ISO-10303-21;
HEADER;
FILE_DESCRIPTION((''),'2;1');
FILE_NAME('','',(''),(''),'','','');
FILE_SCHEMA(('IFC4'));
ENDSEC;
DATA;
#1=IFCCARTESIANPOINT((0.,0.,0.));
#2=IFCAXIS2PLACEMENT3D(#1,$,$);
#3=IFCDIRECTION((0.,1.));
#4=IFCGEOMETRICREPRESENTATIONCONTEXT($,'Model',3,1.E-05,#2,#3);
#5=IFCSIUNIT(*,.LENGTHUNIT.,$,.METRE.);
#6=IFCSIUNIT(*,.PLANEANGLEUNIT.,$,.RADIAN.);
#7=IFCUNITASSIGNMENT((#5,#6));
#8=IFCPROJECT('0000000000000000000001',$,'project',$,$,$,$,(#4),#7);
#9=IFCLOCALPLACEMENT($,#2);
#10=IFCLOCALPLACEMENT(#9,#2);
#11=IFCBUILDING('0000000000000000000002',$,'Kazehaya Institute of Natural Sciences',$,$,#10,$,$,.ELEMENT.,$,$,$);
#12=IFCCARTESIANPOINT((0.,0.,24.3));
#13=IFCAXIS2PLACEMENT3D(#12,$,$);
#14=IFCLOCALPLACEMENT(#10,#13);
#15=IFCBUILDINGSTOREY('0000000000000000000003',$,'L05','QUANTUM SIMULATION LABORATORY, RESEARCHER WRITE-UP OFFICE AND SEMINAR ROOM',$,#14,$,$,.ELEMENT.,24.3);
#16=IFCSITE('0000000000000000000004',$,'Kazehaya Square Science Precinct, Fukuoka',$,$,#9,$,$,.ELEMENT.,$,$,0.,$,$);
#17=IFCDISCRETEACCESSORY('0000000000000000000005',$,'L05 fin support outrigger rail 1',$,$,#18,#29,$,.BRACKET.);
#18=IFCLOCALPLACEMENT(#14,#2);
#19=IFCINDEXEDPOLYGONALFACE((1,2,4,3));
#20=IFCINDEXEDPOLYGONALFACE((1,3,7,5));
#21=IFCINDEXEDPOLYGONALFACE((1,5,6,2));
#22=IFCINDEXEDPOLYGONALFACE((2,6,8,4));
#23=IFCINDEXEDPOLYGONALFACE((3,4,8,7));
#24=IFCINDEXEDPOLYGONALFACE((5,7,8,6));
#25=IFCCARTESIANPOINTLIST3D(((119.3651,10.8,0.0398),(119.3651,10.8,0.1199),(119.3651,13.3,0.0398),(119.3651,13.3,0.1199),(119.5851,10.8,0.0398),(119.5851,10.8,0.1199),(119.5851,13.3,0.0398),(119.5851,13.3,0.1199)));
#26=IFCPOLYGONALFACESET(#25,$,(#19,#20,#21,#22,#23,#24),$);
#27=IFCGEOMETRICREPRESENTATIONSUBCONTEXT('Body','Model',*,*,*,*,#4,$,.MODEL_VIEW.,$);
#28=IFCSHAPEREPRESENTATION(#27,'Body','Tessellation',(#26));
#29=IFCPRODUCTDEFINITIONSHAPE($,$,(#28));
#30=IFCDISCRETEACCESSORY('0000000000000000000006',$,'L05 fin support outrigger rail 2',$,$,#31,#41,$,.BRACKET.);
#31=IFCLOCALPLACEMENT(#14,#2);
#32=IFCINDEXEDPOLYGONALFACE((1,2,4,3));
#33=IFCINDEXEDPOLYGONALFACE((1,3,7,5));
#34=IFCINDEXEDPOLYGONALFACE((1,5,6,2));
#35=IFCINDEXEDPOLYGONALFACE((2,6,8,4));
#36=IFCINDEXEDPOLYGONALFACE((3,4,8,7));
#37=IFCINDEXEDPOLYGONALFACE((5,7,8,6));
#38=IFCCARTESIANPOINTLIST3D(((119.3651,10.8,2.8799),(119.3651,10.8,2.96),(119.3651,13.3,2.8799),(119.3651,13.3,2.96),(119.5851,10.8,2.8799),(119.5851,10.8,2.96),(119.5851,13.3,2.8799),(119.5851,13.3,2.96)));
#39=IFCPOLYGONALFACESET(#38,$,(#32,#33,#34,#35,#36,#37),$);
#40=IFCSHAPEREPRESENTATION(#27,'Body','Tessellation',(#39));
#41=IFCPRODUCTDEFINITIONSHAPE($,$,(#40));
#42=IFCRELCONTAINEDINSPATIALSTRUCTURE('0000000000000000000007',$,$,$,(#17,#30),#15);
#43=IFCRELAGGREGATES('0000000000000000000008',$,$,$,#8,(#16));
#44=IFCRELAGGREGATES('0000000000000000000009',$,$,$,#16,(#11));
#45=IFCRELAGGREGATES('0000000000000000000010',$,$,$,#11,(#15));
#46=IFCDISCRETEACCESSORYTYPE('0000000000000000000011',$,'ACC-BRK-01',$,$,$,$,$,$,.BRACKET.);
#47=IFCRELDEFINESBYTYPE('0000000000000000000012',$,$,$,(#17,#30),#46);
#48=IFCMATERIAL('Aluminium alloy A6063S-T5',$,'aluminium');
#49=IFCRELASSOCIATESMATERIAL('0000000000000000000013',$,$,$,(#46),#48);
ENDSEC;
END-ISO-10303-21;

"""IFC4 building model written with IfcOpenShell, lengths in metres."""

from ifc_helpers import new_model, si_unit, direction, frame, origin, origin_2d, place, context, subcontext, project, spatial, rectangle, extrude, material, type_object, element, save


model = new_model("IFC4")

# Units and contexts
model_context = context("Model", 3, precision=1e-05, world=origin(), true_north=direction((0.0, 1.0)))
body_context = subcontext(model_context, "Body", "Model", "MODEL_VIEW")
ifc_project = project(units=[si_unit("LENGTHUNIT", "METRE"), si_unit("PLANEANGLEUNIT", "RADIAN")], contexts=[model_context])

# Site, building, storey
site_placement = place(None, origin())
site = spatial("IfcSite", under=ifc_project, at=site_placement, Name="Kazehaya Square Science Precinct, Fukuoka", CompositionType="ELEMENT", RefElevation=0.0)
building_placement = place(site_placement, origin())
building = spatial("IfcBuilding", under=site, at=building_placement, Name="Kazehaya Institute of Natural Sciences", CompositionType="ELEMENT")
storey_placement = place(building_placement, frame((0.0, 0.0, 24.3)))
storey = spatial("IfcBuildingStorey", under=building, at=storey_placement, Name="L05", Description="QUANTUM SIMULATION LABORATORY, RESEARCHER WRITE-UP OFFICE AND SEMINAR ROOM", CompositionType="ELEMENT", Elevation=24.3)

# Shared definitions
ifc_material_1 = material(Name="Aluminium alloy A6063S-T5", Category="aluminium")

# Discrete accessories
discrete_accessory_type = type_object("IfcDiscreteAccessoryType", Name="ACC-BRK-01", PredefinedType="BRACKET", material=ifc_material_1)
for number, where, z_axis, x_axis, name in (
    (1, (119.4751, 12.05, 0.0398), (0.0, 0.0, 1.0), (0.0, -1.0, 0.0), "L05 fin support outrigger rail 1"),
    (2, (119.4751, 12.05, 2.8799), (0.0, 0.0, 1.0), (0.0, -1.0, 0.0), "L05 fin support outrigger rail 2"),
):
    element("IfcDiscreteAccessory", number, at=place(storey_placement, frame(where, z_axis=z_axis, x_axis=x_axis)), inside=storey, type_object=discrete_accessory_type, Name=name, PredefinedType="BRACKET", context=body_context, shape_type="SweptSolid", body=[
        extrude(rectangle(XDim=2.5, YDim=0.22, at=origin_2d()), origin(), (0.0, 0.0, 1.0), 0.0801),
    ])

save(model, "model.ifc")
